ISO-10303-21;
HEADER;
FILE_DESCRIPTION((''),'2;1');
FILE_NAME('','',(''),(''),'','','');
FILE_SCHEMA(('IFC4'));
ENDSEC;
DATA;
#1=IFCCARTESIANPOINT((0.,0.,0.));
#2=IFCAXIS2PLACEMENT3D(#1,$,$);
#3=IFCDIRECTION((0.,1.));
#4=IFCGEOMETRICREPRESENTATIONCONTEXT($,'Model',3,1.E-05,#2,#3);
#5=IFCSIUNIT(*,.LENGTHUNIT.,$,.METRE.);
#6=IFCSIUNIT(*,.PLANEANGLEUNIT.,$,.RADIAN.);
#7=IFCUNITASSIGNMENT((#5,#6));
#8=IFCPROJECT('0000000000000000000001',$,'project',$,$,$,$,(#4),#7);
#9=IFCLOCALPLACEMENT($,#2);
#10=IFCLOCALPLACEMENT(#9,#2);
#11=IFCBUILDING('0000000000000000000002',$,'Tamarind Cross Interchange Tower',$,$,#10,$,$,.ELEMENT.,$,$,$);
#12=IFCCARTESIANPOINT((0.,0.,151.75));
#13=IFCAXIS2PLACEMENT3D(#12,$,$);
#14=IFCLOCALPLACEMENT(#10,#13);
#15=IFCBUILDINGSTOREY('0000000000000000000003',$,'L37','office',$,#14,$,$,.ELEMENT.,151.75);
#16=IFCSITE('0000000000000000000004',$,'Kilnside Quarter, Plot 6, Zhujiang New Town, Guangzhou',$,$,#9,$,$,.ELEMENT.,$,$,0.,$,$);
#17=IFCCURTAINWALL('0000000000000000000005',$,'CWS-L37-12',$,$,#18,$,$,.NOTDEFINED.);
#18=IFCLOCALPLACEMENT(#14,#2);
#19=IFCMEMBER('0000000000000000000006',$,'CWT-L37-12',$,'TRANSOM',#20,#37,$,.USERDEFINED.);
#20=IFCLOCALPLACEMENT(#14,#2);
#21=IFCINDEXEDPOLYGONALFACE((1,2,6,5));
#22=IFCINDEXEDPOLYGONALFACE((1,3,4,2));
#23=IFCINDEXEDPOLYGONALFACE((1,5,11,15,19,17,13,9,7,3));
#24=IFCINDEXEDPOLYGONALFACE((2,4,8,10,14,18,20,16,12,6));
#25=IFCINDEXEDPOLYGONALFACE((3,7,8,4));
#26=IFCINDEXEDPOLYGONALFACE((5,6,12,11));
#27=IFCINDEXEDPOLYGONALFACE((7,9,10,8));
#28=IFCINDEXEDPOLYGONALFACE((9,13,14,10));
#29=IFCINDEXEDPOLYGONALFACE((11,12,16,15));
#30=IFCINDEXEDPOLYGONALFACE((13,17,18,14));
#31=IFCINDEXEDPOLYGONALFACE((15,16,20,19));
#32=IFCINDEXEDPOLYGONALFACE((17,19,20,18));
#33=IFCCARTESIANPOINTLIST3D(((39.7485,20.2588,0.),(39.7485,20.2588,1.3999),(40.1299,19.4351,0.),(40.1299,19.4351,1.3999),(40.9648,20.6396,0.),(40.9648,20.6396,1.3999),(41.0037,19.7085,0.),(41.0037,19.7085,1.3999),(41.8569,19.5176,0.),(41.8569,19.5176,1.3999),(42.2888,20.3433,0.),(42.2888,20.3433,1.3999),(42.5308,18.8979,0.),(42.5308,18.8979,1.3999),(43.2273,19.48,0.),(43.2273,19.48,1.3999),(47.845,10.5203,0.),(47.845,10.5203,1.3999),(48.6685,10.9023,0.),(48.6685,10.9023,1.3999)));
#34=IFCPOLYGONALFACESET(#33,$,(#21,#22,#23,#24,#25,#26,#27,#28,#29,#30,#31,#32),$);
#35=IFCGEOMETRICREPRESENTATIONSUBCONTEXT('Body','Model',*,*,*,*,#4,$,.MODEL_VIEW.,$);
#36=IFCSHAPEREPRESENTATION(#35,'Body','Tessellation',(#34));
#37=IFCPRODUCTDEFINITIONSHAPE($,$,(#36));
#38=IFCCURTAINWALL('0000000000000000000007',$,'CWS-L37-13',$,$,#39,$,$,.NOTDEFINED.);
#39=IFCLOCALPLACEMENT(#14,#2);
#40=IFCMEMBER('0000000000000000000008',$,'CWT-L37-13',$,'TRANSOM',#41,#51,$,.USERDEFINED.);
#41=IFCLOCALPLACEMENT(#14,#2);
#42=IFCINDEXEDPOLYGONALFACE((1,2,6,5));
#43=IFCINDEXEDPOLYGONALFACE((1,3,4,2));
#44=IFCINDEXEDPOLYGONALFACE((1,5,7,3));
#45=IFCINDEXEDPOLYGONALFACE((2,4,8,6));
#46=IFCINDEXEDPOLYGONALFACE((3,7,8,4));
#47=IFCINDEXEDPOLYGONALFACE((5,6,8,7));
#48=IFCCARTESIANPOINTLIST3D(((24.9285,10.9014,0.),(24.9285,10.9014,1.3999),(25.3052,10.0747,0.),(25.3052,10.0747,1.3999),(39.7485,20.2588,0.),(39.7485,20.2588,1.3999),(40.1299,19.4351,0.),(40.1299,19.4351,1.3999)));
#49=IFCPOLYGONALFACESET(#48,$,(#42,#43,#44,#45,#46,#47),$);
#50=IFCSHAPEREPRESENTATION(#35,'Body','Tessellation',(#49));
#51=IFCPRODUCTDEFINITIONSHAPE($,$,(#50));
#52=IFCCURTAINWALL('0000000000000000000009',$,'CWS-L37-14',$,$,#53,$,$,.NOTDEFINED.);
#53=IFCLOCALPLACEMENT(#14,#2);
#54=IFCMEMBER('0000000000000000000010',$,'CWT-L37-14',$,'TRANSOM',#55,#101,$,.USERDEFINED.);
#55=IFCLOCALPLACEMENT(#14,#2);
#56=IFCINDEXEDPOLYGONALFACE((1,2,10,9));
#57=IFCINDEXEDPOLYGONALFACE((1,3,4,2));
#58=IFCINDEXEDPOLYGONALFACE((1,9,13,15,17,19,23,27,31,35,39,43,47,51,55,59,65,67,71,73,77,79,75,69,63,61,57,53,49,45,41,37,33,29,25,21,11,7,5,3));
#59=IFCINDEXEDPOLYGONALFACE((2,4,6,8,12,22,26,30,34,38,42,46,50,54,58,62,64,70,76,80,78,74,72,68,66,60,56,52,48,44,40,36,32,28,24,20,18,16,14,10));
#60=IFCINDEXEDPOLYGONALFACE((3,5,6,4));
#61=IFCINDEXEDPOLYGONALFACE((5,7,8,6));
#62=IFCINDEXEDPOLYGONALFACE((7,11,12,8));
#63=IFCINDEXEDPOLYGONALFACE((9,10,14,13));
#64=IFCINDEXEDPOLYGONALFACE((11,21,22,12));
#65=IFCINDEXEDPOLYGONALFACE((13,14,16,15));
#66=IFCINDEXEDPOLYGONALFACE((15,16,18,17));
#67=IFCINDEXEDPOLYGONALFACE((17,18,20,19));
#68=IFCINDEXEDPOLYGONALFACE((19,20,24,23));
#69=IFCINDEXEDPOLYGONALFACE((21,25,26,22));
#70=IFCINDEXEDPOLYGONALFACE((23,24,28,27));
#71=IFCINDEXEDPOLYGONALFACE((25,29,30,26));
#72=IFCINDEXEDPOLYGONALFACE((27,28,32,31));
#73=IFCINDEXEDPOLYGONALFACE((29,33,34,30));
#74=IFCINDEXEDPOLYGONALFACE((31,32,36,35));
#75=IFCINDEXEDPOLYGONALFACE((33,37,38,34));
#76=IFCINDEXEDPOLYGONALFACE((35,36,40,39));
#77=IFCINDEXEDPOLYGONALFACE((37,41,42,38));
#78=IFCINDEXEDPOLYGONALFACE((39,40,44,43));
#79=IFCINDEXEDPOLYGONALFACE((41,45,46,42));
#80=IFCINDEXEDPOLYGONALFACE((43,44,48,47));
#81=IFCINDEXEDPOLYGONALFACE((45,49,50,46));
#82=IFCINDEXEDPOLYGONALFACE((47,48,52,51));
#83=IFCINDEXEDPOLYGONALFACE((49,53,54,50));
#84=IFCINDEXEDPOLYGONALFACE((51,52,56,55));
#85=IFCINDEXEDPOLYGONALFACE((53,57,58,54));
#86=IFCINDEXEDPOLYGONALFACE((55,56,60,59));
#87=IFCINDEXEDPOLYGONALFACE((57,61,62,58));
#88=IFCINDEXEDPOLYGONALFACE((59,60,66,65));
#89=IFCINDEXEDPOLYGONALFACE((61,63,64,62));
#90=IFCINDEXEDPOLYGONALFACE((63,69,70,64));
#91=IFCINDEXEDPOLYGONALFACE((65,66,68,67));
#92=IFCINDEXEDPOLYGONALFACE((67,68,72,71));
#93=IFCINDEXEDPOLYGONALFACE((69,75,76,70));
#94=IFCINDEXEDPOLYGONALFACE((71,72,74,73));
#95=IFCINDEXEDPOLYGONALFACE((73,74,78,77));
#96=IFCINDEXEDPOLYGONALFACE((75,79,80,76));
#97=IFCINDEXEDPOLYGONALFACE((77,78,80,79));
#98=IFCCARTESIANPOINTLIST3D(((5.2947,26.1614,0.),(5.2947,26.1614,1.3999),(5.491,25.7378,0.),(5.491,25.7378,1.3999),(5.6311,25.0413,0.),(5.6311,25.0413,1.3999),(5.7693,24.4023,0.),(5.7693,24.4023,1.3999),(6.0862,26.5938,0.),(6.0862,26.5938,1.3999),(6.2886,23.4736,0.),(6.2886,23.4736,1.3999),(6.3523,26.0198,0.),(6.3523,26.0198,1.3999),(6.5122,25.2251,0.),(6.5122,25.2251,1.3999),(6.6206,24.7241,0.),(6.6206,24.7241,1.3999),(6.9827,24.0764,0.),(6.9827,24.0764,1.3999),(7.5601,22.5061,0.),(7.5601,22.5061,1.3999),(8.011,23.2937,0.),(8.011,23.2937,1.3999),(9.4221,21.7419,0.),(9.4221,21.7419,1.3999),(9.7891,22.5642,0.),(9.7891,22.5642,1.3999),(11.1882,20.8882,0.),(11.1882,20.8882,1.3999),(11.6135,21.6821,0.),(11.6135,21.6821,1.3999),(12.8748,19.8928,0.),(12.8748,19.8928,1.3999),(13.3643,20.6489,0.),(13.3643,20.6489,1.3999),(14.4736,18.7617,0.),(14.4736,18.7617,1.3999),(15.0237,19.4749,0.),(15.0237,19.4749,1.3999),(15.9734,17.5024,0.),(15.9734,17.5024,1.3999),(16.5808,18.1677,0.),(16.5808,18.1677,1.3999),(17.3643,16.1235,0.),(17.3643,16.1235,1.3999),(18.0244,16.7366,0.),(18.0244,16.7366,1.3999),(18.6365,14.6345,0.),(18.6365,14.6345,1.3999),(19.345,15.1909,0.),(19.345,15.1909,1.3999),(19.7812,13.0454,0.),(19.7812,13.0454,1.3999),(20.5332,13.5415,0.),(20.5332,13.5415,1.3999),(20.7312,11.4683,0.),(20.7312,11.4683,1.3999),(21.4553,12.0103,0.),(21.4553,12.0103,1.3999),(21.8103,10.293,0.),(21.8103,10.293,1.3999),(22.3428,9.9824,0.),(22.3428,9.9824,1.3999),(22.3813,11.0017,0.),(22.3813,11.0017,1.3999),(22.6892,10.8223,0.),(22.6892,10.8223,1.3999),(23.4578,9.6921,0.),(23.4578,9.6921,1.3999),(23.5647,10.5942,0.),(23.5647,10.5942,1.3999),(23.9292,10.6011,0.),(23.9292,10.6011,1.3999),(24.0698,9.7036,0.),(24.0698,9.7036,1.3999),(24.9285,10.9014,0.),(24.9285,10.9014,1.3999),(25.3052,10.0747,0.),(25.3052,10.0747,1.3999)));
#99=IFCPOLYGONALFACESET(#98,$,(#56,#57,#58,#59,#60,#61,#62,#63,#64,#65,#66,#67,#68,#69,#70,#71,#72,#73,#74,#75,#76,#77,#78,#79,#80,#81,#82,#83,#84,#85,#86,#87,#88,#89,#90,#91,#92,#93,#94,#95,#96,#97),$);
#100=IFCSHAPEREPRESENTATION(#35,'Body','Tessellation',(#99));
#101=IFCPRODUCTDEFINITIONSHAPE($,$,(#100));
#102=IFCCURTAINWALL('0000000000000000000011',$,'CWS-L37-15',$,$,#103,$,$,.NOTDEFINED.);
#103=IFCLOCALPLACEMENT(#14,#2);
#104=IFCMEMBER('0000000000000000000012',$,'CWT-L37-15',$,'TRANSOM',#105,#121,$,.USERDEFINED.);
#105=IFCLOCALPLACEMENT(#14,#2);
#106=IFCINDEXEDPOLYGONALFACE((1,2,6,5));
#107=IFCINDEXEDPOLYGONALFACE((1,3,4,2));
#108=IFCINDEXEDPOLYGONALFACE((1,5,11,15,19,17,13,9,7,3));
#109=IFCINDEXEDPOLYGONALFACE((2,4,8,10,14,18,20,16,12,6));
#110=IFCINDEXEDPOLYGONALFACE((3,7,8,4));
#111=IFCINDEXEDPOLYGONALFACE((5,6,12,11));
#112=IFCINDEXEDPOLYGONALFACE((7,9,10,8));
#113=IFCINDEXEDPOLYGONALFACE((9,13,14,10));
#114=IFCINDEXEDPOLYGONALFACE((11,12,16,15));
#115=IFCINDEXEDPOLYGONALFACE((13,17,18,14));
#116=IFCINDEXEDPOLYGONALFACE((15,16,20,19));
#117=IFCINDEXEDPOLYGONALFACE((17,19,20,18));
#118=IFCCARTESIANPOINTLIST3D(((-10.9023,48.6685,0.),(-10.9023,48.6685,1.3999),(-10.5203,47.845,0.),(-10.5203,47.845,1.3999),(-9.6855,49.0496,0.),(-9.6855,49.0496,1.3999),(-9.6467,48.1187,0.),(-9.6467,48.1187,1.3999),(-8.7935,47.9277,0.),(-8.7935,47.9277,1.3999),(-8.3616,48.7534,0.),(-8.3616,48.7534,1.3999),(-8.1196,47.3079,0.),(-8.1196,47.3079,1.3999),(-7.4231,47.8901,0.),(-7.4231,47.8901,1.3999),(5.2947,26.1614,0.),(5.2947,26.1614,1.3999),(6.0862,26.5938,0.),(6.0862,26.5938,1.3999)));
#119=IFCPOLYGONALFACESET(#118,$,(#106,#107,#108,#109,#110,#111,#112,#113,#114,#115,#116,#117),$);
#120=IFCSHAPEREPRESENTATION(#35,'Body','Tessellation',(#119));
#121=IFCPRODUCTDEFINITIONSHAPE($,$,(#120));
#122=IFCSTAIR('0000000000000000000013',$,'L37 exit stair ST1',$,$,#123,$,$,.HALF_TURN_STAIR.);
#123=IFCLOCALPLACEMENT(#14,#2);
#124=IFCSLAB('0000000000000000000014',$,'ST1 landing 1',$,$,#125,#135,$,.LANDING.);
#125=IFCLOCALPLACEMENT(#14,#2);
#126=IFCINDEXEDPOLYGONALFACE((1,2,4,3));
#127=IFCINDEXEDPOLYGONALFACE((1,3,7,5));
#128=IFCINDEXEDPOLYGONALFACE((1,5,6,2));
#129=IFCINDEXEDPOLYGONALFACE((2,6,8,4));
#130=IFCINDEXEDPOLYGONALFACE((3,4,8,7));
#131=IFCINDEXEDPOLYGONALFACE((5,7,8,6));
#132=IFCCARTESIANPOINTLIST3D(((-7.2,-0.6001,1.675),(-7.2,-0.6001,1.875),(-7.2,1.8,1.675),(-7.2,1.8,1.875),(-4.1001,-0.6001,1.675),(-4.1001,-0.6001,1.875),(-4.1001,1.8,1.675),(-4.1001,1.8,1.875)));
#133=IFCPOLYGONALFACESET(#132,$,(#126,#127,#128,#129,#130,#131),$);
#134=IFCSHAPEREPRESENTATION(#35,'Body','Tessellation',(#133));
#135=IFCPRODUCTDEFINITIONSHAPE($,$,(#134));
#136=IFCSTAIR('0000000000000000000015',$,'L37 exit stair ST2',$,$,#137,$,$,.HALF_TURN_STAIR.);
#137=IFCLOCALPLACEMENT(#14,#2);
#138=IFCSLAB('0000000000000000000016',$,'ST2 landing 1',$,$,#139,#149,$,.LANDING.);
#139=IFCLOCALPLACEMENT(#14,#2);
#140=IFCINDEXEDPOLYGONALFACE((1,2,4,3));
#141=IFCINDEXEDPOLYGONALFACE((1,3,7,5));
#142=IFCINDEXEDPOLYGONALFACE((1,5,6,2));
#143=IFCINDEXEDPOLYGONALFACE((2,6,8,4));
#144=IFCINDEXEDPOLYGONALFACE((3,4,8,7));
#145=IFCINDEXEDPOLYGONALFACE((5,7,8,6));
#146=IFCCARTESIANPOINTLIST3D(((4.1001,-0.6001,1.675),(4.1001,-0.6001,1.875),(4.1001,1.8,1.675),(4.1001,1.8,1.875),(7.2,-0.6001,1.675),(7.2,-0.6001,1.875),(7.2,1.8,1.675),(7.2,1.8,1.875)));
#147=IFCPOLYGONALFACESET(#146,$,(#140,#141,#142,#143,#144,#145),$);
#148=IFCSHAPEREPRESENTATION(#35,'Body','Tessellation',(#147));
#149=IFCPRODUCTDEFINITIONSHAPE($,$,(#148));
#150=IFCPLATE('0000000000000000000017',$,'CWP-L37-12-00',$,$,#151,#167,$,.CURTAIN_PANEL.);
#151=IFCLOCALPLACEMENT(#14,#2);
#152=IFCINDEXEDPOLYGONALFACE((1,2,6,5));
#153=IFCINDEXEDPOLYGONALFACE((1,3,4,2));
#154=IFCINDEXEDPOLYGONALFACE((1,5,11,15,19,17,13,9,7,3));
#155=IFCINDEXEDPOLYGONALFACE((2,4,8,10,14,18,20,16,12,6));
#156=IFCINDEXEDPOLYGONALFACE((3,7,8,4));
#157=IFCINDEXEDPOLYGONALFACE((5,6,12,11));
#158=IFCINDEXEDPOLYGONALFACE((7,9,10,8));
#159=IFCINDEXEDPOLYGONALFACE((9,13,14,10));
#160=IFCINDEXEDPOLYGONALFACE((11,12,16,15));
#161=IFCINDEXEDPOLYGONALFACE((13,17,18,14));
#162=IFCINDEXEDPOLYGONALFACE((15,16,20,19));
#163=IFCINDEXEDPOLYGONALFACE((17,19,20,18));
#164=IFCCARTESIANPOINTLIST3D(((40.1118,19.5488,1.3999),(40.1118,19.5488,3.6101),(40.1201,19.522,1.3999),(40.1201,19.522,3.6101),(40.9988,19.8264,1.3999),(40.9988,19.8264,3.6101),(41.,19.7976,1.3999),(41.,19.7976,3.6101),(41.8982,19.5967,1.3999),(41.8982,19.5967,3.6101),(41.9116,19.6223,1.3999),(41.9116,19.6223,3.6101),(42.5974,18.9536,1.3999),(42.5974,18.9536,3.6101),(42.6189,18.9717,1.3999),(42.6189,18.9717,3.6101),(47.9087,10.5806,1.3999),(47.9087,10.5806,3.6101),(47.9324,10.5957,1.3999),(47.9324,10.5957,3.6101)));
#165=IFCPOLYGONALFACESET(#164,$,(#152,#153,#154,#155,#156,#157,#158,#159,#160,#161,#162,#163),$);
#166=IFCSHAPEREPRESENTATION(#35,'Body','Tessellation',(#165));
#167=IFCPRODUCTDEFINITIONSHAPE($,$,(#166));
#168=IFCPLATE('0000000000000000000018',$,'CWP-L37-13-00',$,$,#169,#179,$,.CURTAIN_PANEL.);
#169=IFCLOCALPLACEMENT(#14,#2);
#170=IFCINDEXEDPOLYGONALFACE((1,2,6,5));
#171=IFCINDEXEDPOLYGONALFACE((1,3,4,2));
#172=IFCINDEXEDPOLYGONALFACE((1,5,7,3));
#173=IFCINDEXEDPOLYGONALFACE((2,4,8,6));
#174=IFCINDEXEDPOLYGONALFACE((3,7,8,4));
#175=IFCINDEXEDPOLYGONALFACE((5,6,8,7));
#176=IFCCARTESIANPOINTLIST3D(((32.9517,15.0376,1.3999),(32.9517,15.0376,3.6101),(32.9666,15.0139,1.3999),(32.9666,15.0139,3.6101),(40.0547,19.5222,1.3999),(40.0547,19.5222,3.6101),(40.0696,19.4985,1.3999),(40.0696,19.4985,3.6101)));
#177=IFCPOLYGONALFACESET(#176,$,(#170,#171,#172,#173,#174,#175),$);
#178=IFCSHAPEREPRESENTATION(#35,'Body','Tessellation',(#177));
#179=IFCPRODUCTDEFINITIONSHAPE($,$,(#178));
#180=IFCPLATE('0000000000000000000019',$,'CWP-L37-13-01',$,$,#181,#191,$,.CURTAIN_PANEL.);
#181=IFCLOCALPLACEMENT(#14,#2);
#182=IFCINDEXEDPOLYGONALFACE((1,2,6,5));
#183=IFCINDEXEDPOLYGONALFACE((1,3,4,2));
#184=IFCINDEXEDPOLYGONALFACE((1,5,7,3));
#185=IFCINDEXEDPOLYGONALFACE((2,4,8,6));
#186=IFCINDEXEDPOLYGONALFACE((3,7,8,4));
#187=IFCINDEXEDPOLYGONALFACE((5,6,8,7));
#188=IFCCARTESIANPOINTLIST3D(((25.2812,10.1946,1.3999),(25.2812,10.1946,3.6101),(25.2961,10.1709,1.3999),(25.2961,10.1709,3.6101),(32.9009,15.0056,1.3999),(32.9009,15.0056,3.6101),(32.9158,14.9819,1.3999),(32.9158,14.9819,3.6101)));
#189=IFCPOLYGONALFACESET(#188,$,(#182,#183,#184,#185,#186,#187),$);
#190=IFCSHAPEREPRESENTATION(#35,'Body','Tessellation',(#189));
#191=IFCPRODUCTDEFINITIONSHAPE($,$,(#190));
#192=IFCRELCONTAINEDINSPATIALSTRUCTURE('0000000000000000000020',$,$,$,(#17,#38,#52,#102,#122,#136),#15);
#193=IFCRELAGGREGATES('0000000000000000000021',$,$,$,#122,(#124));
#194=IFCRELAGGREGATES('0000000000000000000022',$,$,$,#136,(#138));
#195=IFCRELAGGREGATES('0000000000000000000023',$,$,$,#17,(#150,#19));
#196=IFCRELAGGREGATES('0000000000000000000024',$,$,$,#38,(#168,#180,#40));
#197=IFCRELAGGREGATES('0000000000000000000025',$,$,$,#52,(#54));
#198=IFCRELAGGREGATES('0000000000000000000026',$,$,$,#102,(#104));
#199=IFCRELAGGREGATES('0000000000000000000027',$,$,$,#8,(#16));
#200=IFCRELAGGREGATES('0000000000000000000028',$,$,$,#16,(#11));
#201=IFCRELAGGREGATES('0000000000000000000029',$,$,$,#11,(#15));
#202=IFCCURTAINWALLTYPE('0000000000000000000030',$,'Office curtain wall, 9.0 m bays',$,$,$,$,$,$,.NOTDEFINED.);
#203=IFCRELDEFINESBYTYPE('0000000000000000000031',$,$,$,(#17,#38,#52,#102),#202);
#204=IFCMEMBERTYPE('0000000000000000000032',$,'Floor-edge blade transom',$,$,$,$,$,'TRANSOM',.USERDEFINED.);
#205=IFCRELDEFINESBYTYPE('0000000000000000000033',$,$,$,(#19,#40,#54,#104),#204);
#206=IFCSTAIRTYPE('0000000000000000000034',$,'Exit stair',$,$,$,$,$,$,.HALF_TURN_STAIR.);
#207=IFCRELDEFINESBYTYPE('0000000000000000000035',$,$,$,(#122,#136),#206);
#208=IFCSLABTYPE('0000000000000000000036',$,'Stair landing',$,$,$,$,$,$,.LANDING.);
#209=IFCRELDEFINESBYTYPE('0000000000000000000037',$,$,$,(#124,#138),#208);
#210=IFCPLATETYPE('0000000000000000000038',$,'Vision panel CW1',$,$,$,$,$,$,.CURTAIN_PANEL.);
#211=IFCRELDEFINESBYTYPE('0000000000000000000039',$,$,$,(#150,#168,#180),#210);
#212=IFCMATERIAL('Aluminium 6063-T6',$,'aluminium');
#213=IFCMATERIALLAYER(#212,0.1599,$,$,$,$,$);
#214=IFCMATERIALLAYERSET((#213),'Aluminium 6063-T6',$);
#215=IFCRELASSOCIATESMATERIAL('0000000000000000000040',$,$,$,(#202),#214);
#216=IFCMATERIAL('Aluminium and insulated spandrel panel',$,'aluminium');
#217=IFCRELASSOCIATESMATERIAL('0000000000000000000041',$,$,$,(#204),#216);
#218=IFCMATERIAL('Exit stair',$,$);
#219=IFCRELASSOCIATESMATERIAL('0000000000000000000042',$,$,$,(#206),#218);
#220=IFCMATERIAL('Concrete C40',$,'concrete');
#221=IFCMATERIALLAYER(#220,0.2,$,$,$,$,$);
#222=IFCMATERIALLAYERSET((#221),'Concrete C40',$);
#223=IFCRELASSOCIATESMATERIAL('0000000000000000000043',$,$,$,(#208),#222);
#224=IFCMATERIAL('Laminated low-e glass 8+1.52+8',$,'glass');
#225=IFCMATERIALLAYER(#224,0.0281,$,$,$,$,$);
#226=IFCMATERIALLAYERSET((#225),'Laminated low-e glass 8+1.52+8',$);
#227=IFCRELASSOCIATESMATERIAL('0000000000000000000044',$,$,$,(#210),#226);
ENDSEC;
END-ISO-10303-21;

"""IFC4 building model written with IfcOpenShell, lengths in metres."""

from ifc_helpers import new_model, si_unit, direction, frame, origin, place, context, subcontext, project, spatial, polyline, outline, extrude, material, layer, layer_set, type_object, element, aggregate, save


model = new_model("IFC4")

# Units and contexts
model_context = context("Model", 3, precision=1e-05, world=origin(), true_north=direction((0.0, 1.0)))
body_context = subcontext(model_context, "Body", "Model", "MODEL_VIEW")
ifc_project = project(units=[si_unit("LENGTHUNIT", "METRE"), si_unit("PLANEANGLEUNIT", "RADIAN")], contexts=[model_context])

# Site, building, storey
site_placement = place(None, origin())
site = spatial("IfcSite", under=ifc_project, at=site_placement, Name="Kilnside Quarter, Plot 6, Zhujiang New Town, Guangzhou", CompositionType="ELEMENT", RefElevation=0.0)
building_placement = place(site_placement, origin())
building = spatial("IfcBuilding", under=site, at=building_placement, Name="Tamarind Cross Interchange Tower", CompositionType="ELEMENT")
storey_placement = place(building_placement, frame((0.0, 0.0, 151.75)))
storey = spatial("IfcBuildingStorey", under=building, at=storey_placement, Name="L37", Description="office", CompositionType="ELEMENT", Elevation=151.75)

# Curtain walls, members
ifc_material_1 = material(Name="Aluminium 6063-T6", Category="aluminium")
ifc_layer_1 = layer(ifc_material_1, 0.1599)
ifc_layer_set_1 = layer_set([ifc_layer_1], Name="Aluminium 6063-T6")
curtain_wall_type = type_object("IfcCurtainWallType", Name="Office curtain wall, 9.0 m bays", PredefinedType="NOTDEFINED", material=ifc_layer_set_1)
curtain_wall_1_placement = place(storey_placement, origin())
curtain_wall_1 = element("IfcCurtainWall", 1, at=curtain_wall_1_placement, inside=storey, type_object=curtain_wall_type, Name="CWS-L37-12", PredefinedType="NOTDEFINED")
ifc_material_2 = material(Name="Aluminium and insulated spandrel panel", Category="aluminium")
member_type = type_object("IfcMemberType", Name="Floor-edge blade transom", ElementType="TRANSOM", PredefinedType="USERDEFINED", material=ifc_material_2)
member_1_placement = place(storey_placement, origin())
member_1 = element("IfcMember", 2, at=member_1_placement, type_object=member_type, Name="CWT-L37-12", ObjectType="TRANSOM", PredefinedType="USERDEFINED", context=body_context, shape_type="SweptSolid", body=[
    extrude(outline(polyline([(47.845, 10.5203), (42.5308, 18.8979), (41.8569, 19.5176), (41.0037, 19.7085), (40.1299, 19.4351), (39.7485, 20.2588), (40.9648, 20.6396), (42.2888, 20.3433), (43.2273, 19.48), (48.6685, 10.9023), (47.845, 10.5203)])), origin(), (0.0, 0.0, 1.0), 1.3999),
])
curtain_wall_2_placement = place(storey_placement, origin())
curtain_wall_2 = element("IfcCurtainWall", 3, at=curtain_wall_2_placement, inside=storey, type_object=curtain_wall_type, Name="CWS-L37-13", PredefinedType="NOTDEFINED")
member_2_placement = place(storey_placement, origin())
member_2 = element("IfcMember", 4, at=member_2_placement, type_object=member_type, Name="CWT-L37-13", ObjectType="TRANSOM", PredefinedType="USERDEFINED", context=body_context, shape_type="SweptSolid", body=[
    extrude(outline(polyline([(40.1299, 19.4351), (25.3052, 10.0747), (24.9285, 10.9014), (39.7485, 20.2588), (40.1299, 19.4351)])), origin(), (0.0, 0.0, 1.0), 1.3999),
])
curtain_wall_3_placement = place(storey_placement, origin())
curtain_wall_3 = element("IfcCurtainWall", 5, at=curtain_wall_3_placement, inside=storey, type_object=curtain_wall_type, Name="CWS-L37-14", PredefinedType="NOTDEFINED")
member_3_placement = place(storey_placement, origin())
member_3 = element("IfcMember", 6, at=member_3_placement, type_object=member_type, Name="CWT-L37-14", ObjectType="TRANSOM", PredefinedType="USERDEFINED", context=body_context, shape_type="SweptSolid", body=[
    extrude(outline(polyline([(25.3052, 10.0747), (24.0698, 9.7036), (23.4578, 9.6921), (22.3428, 9.9824), (21.8103, 10.293), (20.7312, 11.4683), (19.7812, 13.0454), (18.6365, 14.6345), (17.3643, 16.1235), (15.9734, 17.5024), (14.4736, 18.7617), (12.8748, 19.8928), (11.1882, 20.8882), (9.4221, 21.7419), (7.5601, 22.5061), (6.2886, 23.4736), (5.7693, 24.4023), (5.6311, 25.0413), (5.491, 25.7378), (5.2947, 26.1614), (6.0862, 26.5938), (6.3523, 26.0198), (6.5122, 25.2251), (6.6206, 24.7241), (6.9827, 24.0764), (8.011, 23.2937), (9.7891, 22.5642), (11.6135, 21.6821), (13.3643, 20.6489), (15.0237, 19.4749), (16.5808, 18.1677), (18.0244, 16.7366), (19.345, 15.1909), (20.5332, 13.5415), (21.4553, 12.0103), (22.3813, 11.0017), (22.6892, 10.8223), (23.5647, 10.5942), (23.9292, 10.6011), (24.9285, 10.9014), (25.3052, 10.0747)])), origin(), (0.0, 0.0, 1.0), 1.3999),
])
curtain_wall_4_placement = place(storey_placement, origin())
curtain_wall_4 = element("IfcCurtainWall", 7, at=curtain_wall_4_placement, inside=storey, type_object=curtain_wall_type, Name="CWS-L37-15", PredefinedType="NOTDEFINED")
member_4_placement = place(storey_placement, origin())
member_4 = element("IfcMember", 8, at=member_4_placement, type_object=member_type, Name="CWT-L37-15", ObjectType="TRANSOM", PredefinedType="USERDEFINED", context=body_context, shape_type="SweptSolid", body=[
    extrude(outline(polyline([(5.2947, 26.1614), (-8.1196, 47.3079), (-8.7935, 47.9277), (-9.6467, 48.1187), (-10.5203, 47.845), (-10.9023, 48.6685), (-9.6855, 49.0496), (-8.3616, 48.7534), (-7.4231, 47.8901), (6.0862, 26.5938), (5.2947, 26.1614)])), origin(), (0.0, 0.0, 1.0), 1.3999),
])

# Stairs, slabs
ifc_material_3 = material(Name="Exit stair")
stair_type = type_object("IfcStairType", Name="Exit stair", PredefinedType="HALF_TURN_STAIR", material=ifc_material_3)
stair_1_placement = place(storey_placement, origin())
stair_1 = element("IfcStair", 9, at=stair_1_placement, inside=storey, type_object=stair_type, Name="L37 exit stair ST1", PredefinedType="HALF_TURN_STAIR")
ifc_material_4 = material(Name="Concrete C40", Category="concrete")
ifc_layer_2 = layer(ifc_material_4, 0.2)
ifc_layer_set_2 = layer_set([ifc_layer_2], Name="Concrete C40")
slab_type = type_object("IfcSlabType", Name="Stair landing", PredefinedType="LANDING", material=ifc_layer_set_2)
slab_1_placement = place(storey_placement, frame((0.0, 0.0, 1.675)))
slab_1 = element("IfcSlab", 10, at=slab_1_placement, type_object=slab_type, Name="ST1 landing 1", PredefinedType="LANDING", context=body_context, shape_type="SweptSolid", body=[
    extrude(outline(polyline([(-4.1001, -0.6001), (-4.1001, 1.8), (-7.2, 1.8), (-7.2, -0.6001), (-4.1001, -0.6001)])), origin(), (0.0, 0.0, 1.0), 0.2),
])
aggregate(stair_1, [slab_1])
stair_2_placement = place(storey_placement, origin())
stair_2 = element("IfcStair", 11, at=stair_2_placement, inside=storey, type_object=stair_type, Name="L37 exit stair ST2", PredefinedType="HALF_TURN_STAIR")
slab_2_placement = place(storey_placement, frame((0.0, 0.0, 1.675)))
slab_2 = element("IfcSlab", 12, at=slab_2_placement, type_object=slab_type, Name="ST2 landing 1", PredefinedType="LANDING", context=body_context, shape_type="SweptSolid", body=[
    extrude(outline(polyline([(7.2, -0.6001), (7.2, 1.8), (4.1001, 1.8), (4.1001, -0.6001), (7.2, -0.6001)])), origin(), (0.0, 0.0, 1.0), 0.2),
])
aggregate(stair_2, [slab_2])

# Plates
ifc_material_5 = material(Name="Laminated low-e glass 8+1.52+8", Category="glass")
ifc_layer_3 = layer(ifc_material_5, 0.0281)
ifc_layer_set_3 = layer_set([ifc_layer_3], Name="Laminated low-e glass 8+1.52+8")
plate_type = type_object("IfcPlateType", Name="Vision panel CW1", PredefinedType="CURTAIN_PANEL", material=ifc_layer_set_3)
plate_1_placement = place(storey_placement, frame((0.0, 0.0, 1.3999)))
plate_1 = element("IfcPlate", 13, at=plate_1_placement, type_object=plate_type, Name="CWP-L37-12-00", PredefinedType="CURTAIN_PANEL", context=body_context, shape_type="SweptSolid", body=[
    extrude(outline(polyline([(47.9087, 10.5806), (42.5974, 18.9536), (41.8982, 19.5967), (41.0, 19.7976), (40.1201, 19.522), (40.1118, 19.5488), (40.9988, 19.8264), (41.9116, 19.6223), (42.6189, 18.9717), (47.9324, 10.5957), (47.9087, 10.5806)])), origin(), (0.0, 0.0, 1.0), 2.2102),
])
aggregate(curtain_wall_1, [plate_1, member_1])
plate_2_placement = place(storey_placement, frame((0.0, 0.0, 1.3999)))
plate_2 = element("IfcPlate", 14, at=plate_2_placement, type_object=plate_type, Name="CWP-L37-13-00", PredefinedType="CURTAIN_PANEL", context=body_context, shape_type="SweptSolid", body=[
    extrude(outline(polyline([(40.0696, 19.4985), (32.9666, 15.0139), (32.9517, 15.0376), (40.0547, 19.5222), (40.0696, 19.4985)])), origin(), (0.0, 0.0, 1.0), 2.2102),
])
plate_3_placement = place(storey_placement, frame((0.0, 0.0, 1.3999)))
plate_3 = element("IfcPlate", 15, at=plate_3_placement, type_object=plate_type, Name="CWP-L37-13-01", PredefinedType="CURTAIN_PANEL", context=body_context, shape_type="SweptSolid", body=[
    extrude(outline(polyline([(32.9158, 14.9819), (25.2961, 10.1709), (25.2812, 10.1946), (32.9009, 15.0056), (32.9158, 14.9819)])), origin(), (0.0, 0.0, 1.0), 2.2102),
])
aggregate(curtain_wall_2, [plate_2, plate_3, member_2])
aggregate(curtain_wall_3, [member_3])
aggregate(curtain_wall_4, [member_4])

save(model, "model.ifc")
